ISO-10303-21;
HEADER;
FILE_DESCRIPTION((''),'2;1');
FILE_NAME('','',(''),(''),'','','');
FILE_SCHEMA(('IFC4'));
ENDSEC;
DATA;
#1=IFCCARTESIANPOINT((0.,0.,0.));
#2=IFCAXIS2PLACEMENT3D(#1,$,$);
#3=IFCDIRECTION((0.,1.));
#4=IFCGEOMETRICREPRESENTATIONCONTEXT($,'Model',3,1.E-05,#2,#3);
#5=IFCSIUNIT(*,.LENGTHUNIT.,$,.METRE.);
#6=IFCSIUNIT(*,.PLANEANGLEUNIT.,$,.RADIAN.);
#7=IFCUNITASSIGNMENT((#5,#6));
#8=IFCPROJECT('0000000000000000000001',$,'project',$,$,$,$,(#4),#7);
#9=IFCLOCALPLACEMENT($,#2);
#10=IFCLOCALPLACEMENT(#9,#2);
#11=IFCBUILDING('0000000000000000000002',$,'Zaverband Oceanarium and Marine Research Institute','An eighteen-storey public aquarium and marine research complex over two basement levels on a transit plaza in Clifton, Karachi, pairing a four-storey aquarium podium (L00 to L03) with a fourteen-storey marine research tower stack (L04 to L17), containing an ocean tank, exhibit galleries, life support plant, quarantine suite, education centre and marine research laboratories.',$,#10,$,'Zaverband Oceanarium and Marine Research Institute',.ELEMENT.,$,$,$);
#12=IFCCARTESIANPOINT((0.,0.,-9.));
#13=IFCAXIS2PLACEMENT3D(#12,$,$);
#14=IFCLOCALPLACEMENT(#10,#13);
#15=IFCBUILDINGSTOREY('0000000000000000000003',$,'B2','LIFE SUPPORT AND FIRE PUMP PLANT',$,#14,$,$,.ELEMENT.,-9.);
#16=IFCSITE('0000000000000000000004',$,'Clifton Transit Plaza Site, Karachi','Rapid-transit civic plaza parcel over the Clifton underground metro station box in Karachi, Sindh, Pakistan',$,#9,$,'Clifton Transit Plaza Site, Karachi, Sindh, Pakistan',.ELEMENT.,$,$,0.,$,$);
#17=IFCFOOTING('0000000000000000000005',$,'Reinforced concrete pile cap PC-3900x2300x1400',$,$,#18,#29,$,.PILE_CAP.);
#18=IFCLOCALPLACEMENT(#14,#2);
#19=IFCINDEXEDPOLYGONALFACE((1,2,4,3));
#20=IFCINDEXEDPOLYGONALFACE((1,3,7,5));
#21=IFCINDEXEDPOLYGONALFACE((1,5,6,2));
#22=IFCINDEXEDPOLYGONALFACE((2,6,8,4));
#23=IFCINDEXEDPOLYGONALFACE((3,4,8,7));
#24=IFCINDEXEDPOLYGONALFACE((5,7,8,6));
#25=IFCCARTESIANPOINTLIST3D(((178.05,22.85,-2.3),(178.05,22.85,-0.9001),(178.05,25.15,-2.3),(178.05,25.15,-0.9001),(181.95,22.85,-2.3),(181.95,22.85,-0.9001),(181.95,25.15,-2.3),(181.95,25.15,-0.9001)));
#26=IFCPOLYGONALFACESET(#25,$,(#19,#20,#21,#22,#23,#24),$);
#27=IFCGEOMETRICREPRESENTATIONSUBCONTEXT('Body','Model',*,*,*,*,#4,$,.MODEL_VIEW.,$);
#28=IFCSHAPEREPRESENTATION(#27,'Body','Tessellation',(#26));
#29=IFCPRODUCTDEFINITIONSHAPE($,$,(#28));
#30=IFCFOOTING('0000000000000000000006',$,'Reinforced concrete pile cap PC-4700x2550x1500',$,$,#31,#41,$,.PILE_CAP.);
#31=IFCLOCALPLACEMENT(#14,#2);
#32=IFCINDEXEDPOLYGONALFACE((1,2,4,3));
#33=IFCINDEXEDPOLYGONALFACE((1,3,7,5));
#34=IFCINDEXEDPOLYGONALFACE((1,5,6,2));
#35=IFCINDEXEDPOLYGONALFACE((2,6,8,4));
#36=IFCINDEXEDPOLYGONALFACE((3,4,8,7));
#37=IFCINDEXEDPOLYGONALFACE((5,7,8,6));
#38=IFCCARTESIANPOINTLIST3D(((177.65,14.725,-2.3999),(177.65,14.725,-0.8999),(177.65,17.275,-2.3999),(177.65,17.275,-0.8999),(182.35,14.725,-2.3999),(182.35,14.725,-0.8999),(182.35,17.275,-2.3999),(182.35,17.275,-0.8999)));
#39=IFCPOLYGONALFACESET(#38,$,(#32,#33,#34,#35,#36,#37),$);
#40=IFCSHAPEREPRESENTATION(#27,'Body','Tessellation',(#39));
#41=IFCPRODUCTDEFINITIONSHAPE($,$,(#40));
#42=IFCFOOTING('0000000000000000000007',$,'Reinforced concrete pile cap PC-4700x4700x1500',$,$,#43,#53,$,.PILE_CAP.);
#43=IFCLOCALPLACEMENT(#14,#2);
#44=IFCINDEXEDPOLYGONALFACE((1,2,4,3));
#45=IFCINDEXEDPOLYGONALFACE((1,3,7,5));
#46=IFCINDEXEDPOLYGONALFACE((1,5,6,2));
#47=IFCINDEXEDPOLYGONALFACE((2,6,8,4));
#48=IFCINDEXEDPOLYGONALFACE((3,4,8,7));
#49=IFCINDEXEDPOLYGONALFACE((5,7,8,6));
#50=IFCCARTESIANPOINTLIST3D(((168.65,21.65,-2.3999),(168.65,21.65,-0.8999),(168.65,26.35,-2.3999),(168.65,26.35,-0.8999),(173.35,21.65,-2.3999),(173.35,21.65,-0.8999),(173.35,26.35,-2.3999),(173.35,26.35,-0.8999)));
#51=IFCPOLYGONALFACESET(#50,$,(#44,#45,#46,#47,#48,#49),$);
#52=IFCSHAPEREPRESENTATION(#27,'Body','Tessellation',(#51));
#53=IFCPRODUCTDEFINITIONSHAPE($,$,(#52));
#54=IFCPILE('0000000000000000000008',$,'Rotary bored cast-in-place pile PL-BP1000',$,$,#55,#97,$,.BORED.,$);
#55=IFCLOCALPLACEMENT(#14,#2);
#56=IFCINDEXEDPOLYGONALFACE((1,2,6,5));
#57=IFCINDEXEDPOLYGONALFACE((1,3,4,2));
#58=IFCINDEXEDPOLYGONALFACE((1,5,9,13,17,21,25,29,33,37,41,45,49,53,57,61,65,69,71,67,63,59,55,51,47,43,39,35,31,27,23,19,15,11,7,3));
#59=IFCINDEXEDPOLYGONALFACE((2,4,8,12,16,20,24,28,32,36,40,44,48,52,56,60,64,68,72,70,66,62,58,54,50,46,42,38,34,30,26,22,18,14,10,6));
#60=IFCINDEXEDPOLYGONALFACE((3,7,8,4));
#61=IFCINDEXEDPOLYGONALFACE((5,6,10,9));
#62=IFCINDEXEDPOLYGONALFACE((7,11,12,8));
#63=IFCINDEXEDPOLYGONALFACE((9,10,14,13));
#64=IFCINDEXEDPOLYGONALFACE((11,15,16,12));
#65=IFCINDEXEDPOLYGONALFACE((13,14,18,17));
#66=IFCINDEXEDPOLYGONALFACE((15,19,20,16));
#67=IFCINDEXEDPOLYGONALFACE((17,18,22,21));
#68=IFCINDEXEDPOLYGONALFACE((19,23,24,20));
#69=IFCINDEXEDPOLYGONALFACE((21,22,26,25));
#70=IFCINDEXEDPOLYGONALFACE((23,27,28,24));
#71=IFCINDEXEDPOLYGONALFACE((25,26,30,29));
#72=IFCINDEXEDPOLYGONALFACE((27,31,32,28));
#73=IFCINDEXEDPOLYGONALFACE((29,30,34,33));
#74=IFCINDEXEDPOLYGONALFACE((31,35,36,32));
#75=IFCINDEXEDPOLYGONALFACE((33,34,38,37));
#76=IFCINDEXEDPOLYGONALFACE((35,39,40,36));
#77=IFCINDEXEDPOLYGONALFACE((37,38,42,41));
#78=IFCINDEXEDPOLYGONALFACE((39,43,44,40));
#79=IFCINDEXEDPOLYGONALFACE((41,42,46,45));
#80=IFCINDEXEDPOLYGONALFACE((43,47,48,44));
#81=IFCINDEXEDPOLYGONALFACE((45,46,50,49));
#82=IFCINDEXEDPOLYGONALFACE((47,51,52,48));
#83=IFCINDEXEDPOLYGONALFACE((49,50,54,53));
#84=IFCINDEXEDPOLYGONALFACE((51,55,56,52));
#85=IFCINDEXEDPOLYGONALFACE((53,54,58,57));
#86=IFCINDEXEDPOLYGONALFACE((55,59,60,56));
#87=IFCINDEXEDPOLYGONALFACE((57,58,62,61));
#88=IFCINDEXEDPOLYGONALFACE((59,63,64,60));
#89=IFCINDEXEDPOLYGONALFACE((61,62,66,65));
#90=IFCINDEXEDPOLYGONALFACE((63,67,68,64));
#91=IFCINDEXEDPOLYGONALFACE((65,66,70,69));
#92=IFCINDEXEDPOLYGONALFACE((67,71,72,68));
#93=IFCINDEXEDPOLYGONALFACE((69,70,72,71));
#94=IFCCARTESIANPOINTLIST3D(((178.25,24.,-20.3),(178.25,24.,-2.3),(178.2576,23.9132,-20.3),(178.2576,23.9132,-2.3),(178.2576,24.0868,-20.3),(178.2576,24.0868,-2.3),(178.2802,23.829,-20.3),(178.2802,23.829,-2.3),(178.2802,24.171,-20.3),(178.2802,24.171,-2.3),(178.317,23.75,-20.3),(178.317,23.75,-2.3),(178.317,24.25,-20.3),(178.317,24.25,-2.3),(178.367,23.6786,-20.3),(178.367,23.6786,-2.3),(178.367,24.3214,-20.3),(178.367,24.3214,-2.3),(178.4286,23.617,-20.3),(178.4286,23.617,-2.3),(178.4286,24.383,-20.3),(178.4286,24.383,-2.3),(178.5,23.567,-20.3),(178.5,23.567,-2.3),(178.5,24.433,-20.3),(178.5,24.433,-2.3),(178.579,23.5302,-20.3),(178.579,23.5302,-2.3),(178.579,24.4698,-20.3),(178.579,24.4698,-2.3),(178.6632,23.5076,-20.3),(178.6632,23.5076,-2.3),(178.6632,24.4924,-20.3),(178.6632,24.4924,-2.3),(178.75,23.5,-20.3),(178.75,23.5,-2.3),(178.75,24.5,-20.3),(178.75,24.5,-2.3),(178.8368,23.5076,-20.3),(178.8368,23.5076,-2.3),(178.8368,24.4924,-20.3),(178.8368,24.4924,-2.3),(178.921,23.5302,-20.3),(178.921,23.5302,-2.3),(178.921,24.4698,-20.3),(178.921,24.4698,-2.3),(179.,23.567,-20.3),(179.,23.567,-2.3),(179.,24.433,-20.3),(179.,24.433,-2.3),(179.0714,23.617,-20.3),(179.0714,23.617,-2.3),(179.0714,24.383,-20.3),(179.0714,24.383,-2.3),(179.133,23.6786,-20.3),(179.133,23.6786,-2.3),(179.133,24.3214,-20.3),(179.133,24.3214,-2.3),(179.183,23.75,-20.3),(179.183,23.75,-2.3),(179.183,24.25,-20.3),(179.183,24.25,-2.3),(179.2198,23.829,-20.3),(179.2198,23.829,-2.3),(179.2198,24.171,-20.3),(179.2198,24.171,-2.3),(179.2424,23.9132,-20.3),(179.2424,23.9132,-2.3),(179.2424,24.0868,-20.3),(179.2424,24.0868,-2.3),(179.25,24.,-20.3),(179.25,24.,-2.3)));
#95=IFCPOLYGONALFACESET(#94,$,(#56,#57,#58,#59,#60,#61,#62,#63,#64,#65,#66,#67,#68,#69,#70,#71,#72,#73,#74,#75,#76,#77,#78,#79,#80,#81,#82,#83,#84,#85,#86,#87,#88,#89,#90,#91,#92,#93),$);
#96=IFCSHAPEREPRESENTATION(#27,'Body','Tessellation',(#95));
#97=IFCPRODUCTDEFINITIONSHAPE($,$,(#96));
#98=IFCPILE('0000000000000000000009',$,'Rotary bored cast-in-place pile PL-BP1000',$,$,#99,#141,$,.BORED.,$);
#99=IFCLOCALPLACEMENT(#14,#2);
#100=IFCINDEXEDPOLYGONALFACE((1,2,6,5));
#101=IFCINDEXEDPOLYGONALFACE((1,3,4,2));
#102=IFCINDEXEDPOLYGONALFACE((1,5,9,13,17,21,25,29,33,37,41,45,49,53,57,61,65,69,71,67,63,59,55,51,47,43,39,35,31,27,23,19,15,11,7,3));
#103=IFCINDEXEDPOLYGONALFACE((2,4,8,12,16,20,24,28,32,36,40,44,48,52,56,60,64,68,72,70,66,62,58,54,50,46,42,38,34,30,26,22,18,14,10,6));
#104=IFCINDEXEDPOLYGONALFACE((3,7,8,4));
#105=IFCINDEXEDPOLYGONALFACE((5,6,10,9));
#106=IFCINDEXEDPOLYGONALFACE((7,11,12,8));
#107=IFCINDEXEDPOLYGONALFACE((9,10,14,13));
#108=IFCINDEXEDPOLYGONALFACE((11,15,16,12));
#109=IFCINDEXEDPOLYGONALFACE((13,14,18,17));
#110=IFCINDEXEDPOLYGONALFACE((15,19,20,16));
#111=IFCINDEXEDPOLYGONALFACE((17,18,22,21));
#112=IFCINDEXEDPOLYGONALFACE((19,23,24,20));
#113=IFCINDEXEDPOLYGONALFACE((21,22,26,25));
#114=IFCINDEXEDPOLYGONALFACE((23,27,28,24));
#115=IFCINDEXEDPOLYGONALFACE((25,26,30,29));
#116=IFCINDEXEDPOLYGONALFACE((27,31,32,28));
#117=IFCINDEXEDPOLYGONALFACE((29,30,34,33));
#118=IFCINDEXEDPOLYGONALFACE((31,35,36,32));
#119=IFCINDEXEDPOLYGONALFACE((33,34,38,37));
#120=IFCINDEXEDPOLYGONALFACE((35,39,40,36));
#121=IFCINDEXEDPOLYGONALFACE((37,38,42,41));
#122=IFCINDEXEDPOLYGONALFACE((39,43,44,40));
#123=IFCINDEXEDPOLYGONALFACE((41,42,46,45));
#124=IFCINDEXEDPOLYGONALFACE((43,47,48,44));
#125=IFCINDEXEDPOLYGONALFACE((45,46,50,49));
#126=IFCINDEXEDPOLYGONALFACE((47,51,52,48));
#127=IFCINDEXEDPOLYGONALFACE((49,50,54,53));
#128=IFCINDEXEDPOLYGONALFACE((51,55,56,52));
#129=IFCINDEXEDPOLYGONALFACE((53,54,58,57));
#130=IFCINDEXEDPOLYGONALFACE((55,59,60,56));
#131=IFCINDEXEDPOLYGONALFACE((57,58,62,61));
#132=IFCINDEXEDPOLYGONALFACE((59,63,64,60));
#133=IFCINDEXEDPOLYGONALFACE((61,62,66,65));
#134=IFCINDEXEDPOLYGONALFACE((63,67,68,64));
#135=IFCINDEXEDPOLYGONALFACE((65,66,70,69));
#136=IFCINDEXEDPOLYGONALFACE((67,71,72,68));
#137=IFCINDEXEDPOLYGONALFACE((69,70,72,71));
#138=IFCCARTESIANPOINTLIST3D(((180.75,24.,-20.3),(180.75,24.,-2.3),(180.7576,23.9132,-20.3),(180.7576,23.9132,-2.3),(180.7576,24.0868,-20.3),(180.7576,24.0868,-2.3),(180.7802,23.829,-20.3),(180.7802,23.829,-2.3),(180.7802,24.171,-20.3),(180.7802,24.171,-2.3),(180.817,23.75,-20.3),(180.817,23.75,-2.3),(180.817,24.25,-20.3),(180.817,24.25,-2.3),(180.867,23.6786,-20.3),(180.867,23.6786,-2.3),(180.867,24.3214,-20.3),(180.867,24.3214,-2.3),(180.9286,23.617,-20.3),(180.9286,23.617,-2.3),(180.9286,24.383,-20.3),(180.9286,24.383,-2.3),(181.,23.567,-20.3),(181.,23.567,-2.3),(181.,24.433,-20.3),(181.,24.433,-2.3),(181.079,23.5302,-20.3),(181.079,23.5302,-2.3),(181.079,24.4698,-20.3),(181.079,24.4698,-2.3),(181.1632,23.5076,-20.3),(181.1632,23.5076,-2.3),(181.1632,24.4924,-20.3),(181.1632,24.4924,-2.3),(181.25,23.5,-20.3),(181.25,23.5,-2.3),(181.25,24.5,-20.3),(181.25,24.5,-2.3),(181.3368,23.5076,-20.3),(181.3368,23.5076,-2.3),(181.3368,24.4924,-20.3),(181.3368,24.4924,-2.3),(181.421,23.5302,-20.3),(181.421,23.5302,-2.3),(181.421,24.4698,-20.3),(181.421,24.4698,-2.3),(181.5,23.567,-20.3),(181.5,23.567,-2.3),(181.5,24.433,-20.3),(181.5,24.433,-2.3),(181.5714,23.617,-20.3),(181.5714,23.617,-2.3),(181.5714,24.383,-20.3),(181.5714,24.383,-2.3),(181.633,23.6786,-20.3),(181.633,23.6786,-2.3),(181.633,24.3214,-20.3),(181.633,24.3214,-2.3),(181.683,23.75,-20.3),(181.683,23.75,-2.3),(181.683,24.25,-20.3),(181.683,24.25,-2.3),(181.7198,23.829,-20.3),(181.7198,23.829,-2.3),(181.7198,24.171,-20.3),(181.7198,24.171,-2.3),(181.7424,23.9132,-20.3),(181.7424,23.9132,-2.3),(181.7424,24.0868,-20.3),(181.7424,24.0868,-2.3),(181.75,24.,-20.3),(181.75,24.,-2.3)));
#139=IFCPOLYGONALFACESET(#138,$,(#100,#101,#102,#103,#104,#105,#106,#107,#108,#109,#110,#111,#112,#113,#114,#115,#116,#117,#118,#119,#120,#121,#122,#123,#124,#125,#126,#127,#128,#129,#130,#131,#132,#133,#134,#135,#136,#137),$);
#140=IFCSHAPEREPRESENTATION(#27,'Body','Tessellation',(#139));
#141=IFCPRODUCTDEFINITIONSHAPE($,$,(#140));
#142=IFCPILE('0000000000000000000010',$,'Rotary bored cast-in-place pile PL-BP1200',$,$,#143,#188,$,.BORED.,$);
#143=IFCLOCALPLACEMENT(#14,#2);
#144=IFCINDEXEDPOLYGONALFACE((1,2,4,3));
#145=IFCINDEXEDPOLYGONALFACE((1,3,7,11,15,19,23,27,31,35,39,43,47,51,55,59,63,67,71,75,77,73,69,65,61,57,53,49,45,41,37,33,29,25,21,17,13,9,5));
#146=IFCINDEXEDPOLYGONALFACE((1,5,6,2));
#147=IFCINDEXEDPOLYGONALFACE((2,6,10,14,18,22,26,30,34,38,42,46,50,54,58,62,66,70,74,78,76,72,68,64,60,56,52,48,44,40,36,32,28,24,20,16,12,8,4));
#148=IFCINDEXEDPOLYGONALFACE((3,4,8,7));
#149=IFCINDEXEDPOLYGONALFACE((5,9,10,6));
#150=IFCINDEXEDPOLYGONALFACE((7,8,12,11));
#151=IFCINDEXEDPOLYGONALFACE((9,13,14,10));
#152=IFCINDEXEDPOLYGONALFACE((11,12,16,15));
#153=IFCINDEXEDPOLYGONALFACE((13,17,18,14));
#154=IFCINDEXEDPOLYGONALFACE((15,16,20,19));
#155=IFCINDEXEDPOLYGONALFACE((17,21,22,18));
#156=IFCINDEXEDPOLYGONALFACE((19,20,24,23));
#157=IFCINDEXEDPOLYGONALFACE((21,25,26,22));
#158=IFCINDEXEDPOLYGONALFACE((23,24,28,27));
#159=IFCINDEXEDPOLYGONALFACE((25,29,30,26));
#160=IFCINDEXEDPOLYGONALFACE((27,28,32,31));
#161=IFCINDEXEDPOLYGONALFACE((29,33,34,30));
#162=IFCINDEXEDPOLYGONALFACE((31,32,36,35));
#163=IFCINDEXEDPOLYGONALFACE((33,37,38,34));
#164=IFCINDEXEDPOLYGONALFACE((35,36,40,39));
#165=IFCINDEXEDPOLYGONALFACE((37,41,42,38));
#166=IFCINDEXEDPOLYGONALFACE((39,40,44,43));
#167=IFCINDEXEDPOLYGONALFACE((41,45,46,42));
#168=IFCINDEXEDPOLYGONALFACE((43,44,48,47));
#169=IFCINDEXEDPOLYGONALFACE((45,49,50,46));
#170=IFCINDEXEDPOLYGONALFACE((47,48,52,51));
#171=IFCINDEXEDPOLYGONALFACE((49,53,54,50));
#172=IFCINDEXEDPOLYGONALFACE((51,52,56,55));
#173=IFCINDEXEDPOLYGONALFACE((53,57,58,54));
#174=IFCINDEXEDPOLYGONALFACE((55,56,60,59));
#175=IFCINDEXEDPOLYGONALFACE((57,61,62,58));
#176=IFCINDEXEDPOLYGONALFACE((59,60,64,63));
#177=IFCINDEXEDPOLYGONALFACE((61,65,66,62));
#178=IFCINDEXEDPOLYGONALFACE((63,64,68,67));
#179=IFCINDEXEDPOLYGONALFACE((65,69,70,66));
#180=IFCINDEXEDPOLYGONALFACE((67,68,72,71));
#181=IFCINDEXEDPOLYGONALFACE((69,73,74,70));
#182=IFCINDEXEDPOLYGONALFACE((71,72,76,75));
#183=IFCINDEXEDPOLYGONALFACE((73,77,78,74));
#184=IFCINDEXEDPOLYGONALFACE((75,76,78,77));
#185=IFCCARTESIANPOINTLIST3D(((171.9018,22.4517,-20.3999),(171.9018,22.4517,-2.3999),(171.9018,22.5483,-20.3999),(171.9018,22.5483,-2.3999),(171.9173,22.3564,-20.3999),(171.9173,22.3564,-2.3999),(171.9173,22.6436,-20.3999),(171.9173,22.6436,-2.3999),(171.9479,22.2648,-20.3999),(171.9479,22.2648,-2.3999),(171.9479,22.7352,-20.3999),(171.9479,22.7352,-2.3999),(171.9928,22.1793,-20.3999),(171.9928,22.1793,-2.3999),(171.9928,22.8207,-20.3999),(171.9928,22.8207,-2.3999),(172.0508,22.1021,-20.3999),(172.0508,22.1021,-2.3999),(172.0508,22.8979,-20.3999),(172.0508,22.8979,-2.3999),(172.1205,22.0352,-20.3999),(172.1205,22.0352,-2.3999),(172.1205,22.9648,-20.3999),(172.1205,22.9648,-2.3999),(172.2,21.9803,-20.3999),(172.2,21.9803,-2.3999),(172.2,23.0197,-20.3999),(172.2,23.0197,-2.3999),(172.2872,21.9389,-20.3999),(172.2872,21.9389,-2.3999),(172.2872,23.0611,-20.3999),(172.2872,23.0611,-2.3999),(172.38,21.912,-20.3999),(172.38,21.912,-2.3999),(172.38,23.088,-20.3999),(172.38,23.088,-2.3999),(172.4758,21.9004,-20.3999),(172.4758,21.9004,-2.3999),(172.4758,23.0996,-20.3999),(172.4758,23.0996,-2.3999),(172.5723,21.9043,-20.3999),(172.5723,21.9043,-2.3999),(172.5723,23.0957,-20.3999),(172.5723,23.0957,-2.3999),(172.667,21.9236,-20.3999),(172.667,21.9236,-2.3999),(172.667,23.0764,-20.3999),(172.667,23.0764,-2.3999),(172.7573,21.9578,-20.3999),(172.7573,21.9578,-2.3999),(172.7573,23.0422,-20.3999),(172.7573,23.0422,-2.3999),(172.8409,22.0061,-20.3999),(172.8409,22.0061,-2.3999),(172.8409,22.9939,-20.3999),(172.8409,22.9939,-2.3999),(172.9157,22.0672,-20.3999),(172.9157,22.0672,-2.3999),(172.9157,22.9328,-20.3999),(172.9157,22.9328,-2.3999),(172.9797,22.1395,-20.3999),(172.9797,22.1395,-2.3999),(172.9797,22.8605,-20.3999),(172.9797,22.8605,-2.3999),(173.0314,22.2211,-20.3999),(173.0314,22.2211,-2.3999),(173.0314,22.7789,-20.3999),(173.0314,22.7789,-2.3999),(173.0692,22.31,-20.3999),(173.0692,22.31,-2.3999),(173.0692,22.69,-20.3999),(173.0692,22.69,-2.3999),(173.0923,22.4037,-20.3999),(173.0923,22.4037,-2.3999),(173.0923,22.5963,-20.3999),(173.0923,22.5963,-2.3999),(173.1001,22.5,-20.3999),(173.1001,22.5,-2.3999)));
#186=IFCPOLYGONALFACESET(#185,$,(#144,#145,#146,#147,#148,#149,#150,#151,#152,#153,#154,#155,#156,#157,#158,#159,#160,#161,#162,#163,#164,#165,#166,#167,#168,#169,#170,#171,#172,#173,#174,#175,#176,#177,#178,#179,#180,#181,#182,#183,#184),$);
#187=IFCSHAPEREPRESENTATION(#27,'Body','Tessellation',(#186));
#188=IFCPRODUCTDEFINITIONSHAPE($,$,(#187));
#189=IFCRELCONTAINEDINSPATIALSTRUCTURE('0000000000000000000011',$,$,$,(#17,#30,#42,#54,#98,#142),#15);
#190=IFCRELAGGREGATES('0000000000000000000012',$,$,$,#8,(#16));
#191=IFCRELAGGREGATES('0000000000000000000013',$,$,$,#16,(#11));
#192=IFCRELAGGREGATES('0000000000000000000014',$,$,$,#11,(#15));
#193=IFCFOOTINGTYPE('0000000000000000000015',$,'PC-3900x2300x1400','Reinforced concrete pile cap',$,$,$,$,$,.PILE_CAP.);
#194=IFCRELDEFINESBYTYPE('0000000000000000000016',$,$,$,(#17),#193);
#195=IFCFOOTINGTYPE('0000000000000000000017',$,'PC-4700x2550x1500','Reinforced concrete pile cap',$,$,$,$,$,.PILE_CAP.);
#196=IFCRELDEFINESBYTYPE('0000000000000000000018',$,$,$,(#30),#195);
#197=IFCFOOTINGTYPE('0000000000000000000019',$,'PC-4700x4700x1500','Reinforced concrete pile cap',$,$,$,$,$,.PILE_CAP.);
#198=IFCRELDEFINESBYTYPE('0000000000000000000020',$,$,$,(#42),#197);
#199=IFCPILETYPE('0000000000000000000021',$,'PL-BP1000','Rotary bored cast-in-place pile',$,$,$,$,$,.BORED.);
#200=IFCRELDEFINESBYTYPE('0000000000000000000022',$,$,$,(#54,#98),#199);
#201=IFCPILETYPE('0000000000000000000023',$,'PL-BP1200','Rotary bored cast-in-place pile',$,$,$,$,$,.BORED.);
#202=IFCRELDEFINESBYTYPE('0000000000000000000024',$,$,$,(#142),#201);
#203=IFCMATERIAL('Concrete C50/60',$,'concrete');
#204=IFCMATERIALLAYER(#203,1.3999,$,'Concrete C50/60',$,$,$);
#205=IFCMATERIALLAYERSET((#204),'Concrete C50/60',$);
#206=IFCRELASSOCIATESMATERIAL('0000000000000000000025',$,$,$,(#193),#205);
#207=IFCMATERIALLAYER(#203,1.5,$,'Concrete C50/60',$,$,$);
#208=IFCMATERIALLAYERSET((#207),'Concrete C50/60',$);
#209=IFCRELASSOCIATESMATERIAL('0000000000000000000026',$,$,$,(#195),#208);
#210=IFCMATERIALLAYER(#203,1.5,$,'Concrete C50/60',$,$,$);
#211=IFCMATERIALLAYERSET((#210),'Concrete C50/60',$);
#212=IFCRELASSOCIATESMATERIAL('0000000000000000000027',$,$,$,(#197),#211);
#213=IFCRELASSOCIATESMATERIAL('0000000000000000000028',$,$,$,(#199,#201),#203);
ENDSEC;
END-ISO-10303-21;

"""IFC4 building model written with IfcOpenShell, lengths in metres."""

from ifc_helpers import new_model, si_unit, direction, frame, origin, origin_2d, place, context, subcontext, project, spatial, rectangle, circle, extrude, material, layer, layer_set, material_profile, profile_set, type_object, element, save


model = new_model("IFC4")

# Units and contexts
model_context = context("Model", 3, precision=1e-05, world=origin(), true_north=direction((0.0, 1.0)))
body_context = subcontext(model_context, "Body", "Model", "MODEL_VIEW")
ifc_project = project(units=[si_unit("LENGTHUNIT", "METRE"), si_unit("PLANEANGLEUNIT", "RADIAN")], contexts=[model_context])

# Site, building, storey
site_placement = place(None, origin())
site = spatial("IfcSite", under=ifc_project, at=site_placement, Name="Clifton Transit Plaza Site, Karachi", Description="Rapid-transit civic plaza parcel over the Clifton underground metro station box in Karachi, Sindh, Pakistan", LongName="Clifton Transit Plaza Site, Karachi, Sindh, Pakistan", CompositionType="ELEMENT", RefElevation=0.0)
building_placement = place(site_placement, origin())
building = spatial("IfcBuilding", under=site, at=building_placement, Name="Zaverband Oceanarium and Marine Research Institute", Description="An eighteen-storey public aquarium and marine research complex over two basement levels on a transit plaza in Clifton, Karachi, pairing a four-storey aquarium podium (L00 to L03) with a fourteen-storey marine research tower stack (L04 to L17), containing an ocean tank, exhibit galleries, life support plant, quarantine suite, education centre and marine research laboratories.", LongName="Zaverband Oceanarium and Marine Research Institute", CompositionType="ELEMENT")
storey_placement = place(building_placement, frame((0.0, 0.0, -9.0)))
storey = spatial("IfcBuildingStorey", under=building, at=storey_placement, Name="B2", Description="LIFE SUPPORT AND FIRE PUMP PLANT", CompositionType="ELEMENT", Elevation=-9.0)

# Footings
ifc_material_1 = material(Name="Concrete C50/60", Category="concrete")
ifc_layer_1 = layer(ifc_material_1, 1.3999, Name="Concrete C50/60")
ifc_layer_set_1 = layer_set([ifc_layer_1], Name="Concrete C50/60")
footing_type_1 = type_object("IfcFootingType", Name="PC-3900x2300x1400", Description="Reinforced concrete pile cap", PredefinedType="PILE_CAP", material=ifc_layer_set_1)
footing_1_placement = place(storey_placement, frame((180.0, 24.0, -2.3), z_axis=(0.0, 0.0, 1.0), x_axis=(1.0, 0.0, 0.0)))
element("IfcFooting", 1, at=footing_1_placement, inside=storey, type_object=footing_type_1, Name="Reinforced concrete pile cap PC-3900x2300x1400", PredefinedType="PILE_CAP", context=body_context, shape_type="SweptSolid", body=[
    extrude(rectangle(XDim=3.8999, YDim=2.3, at=origin_2d()), origin(), (0.0, 0.0, 1.0), 1.3999),
])
ifc_layer_2 = layer(ifc_material_1, 1.5, Name="Concrete C50/60")
ifc_layer_set_2 = layer_set([ifc_layer_2], Name="Concrete C50/60")
footing_type_2 = type_object("IfcFootingType", Name="PC-4700x2550x1500", Description="Reinforced concrete pile cap", PredefinedType="PILE_CAP", material=ifc_layer_set_2)
footing_2_placement = place(storey_placement, frame((180.0, 16.0, -2.3999), z_axis=(0.0, 0.0, 1.0), x_axis=(1.0, 0.0, 0.0)))
element("IfcFooting", 2, at=footing_2_placement, inside=storey, type_object=footing_type_2, Name="Reinforced concrete pile cap PC-4700x2550x1500", PredefinedType="PILE_CAP", context=body_context, shape_type="SweptSolid", body=[
    extrude(rectangle(XDim=4.7, YDim=2.55, at=origin_2d()), origin(), (0.0, 0.0, 1.0), 1.5),
])
ifc_layer_3 = layer(ifc_material_1, 1.5, Name="Concrete C50/60")
ifc_layer_set_3 = layer_set([ifc_layer_3], Name="Concrete C50/60")
footing_type_3 = type_object("IfcFootingType", Name="PC-4700x4700x1500", Description="Reinforced concrete pile cap", PredefinedType="PILE_CAP", material=ifc_layer_set_3)
footing_3_placement = place(storey_placement, frame((171.0, 24.0, -2.3999), z_axis=(0.0, 0.0, 1.0), x_axis=(1.0, 0.0, 0.0)))
element("IfcFooting", 3, at=footing_3_placement, inside=storey, type_object=footing_type_3, Name="Reinforced concrete pile cap PC-4700x4700x1500", PredefinedType="PILE_CAP", context=body_context, shape_type="SweptSolid", body=[
    extrude(rectangle(XDim=4.7, YDim=4.7, at=origin_2d()), origin(), (0.0, 0.0, 1.0), 1.5),
])

# Piles
ifc_material_profile_1 = material_profile(ifc_material_1, circle(Radius=0.5, at=origin_2d()), Name="BP1000")
ifc_profile_set_1 = profile_set([ifc_material_profile_1], Name="Concrete C50/60")
pile_type_1 = type_object("IfcPileType", Name="PL-BP1000", Description="Rotary bored cast-in-place pile", PredefinedType="BORED", material=ifc_profile_set_1)
for number, where, z_axis, x_axis, name in (
    (4, (178.75, 24.0, -2.3), (0.0, 0.0, -1.0), (1.0, 0.0, 0.0), "Rotary bored cast-in-place pile PL-BP1000"),
    (5, (181.25, 24.0, -2.3), (0.0, 0.0, -1.0), (1.0, 0.0, 0.0), "Rotary bored cast-in-place pile PL-BP1000"),
):
    element("IfcPile", number, at=place(storey_placement, frame(where, z_axis=z_axis, x_axis=x_axis)), inside=storey, type_object=pile_type_1, Name=name, PredefinedType="BORED", context=body_context, shape_type="SweptSolid", body=[
        extrude(circle(Radius=0.5, at=origin_2d()), origin(), (0.0, 0.0, 1.0), 18.0),
    ])
ifc_material_profile_2 = material_profile(ifc_material_1, circle(Radius=0.6001, at=origin_2d()), Name="BP1200")
ifc_profile_set_2 = profile_set([ifc_material_profile_2], Name="Concrete C50/60")
pile_type_2 = type_object("IfcPileType", Name="PL-BP1200", Description="Rotary bored cast-in-place pile", PredefinedType="BORED", material=ifc_profile_set_2)
for number, where, z_axis, x_axis, name in (
    (6, (172.5, 22.5, -2.3999), (0.0, 0.0, -1.0), (1.0, 0.0, 0.0), "Rotary bored cast-in-place pile PL-BP1200"),
):
    element("IfcPile", number, at=place(storey_placement, frame(where, z_axis=z_axis, x_axis=x_axis)), inside=storey, type_object=pile_type_2, Name=name, PredefinedType="BORED", context=body_context, shape_type="SweptSolid", body=[
        extrude(circle(Radius=0.6001, at=origin_2d()), origin(), (0.0, 0.0, 1.0), 18.0),
    ])

save(model, "model.ifc")
